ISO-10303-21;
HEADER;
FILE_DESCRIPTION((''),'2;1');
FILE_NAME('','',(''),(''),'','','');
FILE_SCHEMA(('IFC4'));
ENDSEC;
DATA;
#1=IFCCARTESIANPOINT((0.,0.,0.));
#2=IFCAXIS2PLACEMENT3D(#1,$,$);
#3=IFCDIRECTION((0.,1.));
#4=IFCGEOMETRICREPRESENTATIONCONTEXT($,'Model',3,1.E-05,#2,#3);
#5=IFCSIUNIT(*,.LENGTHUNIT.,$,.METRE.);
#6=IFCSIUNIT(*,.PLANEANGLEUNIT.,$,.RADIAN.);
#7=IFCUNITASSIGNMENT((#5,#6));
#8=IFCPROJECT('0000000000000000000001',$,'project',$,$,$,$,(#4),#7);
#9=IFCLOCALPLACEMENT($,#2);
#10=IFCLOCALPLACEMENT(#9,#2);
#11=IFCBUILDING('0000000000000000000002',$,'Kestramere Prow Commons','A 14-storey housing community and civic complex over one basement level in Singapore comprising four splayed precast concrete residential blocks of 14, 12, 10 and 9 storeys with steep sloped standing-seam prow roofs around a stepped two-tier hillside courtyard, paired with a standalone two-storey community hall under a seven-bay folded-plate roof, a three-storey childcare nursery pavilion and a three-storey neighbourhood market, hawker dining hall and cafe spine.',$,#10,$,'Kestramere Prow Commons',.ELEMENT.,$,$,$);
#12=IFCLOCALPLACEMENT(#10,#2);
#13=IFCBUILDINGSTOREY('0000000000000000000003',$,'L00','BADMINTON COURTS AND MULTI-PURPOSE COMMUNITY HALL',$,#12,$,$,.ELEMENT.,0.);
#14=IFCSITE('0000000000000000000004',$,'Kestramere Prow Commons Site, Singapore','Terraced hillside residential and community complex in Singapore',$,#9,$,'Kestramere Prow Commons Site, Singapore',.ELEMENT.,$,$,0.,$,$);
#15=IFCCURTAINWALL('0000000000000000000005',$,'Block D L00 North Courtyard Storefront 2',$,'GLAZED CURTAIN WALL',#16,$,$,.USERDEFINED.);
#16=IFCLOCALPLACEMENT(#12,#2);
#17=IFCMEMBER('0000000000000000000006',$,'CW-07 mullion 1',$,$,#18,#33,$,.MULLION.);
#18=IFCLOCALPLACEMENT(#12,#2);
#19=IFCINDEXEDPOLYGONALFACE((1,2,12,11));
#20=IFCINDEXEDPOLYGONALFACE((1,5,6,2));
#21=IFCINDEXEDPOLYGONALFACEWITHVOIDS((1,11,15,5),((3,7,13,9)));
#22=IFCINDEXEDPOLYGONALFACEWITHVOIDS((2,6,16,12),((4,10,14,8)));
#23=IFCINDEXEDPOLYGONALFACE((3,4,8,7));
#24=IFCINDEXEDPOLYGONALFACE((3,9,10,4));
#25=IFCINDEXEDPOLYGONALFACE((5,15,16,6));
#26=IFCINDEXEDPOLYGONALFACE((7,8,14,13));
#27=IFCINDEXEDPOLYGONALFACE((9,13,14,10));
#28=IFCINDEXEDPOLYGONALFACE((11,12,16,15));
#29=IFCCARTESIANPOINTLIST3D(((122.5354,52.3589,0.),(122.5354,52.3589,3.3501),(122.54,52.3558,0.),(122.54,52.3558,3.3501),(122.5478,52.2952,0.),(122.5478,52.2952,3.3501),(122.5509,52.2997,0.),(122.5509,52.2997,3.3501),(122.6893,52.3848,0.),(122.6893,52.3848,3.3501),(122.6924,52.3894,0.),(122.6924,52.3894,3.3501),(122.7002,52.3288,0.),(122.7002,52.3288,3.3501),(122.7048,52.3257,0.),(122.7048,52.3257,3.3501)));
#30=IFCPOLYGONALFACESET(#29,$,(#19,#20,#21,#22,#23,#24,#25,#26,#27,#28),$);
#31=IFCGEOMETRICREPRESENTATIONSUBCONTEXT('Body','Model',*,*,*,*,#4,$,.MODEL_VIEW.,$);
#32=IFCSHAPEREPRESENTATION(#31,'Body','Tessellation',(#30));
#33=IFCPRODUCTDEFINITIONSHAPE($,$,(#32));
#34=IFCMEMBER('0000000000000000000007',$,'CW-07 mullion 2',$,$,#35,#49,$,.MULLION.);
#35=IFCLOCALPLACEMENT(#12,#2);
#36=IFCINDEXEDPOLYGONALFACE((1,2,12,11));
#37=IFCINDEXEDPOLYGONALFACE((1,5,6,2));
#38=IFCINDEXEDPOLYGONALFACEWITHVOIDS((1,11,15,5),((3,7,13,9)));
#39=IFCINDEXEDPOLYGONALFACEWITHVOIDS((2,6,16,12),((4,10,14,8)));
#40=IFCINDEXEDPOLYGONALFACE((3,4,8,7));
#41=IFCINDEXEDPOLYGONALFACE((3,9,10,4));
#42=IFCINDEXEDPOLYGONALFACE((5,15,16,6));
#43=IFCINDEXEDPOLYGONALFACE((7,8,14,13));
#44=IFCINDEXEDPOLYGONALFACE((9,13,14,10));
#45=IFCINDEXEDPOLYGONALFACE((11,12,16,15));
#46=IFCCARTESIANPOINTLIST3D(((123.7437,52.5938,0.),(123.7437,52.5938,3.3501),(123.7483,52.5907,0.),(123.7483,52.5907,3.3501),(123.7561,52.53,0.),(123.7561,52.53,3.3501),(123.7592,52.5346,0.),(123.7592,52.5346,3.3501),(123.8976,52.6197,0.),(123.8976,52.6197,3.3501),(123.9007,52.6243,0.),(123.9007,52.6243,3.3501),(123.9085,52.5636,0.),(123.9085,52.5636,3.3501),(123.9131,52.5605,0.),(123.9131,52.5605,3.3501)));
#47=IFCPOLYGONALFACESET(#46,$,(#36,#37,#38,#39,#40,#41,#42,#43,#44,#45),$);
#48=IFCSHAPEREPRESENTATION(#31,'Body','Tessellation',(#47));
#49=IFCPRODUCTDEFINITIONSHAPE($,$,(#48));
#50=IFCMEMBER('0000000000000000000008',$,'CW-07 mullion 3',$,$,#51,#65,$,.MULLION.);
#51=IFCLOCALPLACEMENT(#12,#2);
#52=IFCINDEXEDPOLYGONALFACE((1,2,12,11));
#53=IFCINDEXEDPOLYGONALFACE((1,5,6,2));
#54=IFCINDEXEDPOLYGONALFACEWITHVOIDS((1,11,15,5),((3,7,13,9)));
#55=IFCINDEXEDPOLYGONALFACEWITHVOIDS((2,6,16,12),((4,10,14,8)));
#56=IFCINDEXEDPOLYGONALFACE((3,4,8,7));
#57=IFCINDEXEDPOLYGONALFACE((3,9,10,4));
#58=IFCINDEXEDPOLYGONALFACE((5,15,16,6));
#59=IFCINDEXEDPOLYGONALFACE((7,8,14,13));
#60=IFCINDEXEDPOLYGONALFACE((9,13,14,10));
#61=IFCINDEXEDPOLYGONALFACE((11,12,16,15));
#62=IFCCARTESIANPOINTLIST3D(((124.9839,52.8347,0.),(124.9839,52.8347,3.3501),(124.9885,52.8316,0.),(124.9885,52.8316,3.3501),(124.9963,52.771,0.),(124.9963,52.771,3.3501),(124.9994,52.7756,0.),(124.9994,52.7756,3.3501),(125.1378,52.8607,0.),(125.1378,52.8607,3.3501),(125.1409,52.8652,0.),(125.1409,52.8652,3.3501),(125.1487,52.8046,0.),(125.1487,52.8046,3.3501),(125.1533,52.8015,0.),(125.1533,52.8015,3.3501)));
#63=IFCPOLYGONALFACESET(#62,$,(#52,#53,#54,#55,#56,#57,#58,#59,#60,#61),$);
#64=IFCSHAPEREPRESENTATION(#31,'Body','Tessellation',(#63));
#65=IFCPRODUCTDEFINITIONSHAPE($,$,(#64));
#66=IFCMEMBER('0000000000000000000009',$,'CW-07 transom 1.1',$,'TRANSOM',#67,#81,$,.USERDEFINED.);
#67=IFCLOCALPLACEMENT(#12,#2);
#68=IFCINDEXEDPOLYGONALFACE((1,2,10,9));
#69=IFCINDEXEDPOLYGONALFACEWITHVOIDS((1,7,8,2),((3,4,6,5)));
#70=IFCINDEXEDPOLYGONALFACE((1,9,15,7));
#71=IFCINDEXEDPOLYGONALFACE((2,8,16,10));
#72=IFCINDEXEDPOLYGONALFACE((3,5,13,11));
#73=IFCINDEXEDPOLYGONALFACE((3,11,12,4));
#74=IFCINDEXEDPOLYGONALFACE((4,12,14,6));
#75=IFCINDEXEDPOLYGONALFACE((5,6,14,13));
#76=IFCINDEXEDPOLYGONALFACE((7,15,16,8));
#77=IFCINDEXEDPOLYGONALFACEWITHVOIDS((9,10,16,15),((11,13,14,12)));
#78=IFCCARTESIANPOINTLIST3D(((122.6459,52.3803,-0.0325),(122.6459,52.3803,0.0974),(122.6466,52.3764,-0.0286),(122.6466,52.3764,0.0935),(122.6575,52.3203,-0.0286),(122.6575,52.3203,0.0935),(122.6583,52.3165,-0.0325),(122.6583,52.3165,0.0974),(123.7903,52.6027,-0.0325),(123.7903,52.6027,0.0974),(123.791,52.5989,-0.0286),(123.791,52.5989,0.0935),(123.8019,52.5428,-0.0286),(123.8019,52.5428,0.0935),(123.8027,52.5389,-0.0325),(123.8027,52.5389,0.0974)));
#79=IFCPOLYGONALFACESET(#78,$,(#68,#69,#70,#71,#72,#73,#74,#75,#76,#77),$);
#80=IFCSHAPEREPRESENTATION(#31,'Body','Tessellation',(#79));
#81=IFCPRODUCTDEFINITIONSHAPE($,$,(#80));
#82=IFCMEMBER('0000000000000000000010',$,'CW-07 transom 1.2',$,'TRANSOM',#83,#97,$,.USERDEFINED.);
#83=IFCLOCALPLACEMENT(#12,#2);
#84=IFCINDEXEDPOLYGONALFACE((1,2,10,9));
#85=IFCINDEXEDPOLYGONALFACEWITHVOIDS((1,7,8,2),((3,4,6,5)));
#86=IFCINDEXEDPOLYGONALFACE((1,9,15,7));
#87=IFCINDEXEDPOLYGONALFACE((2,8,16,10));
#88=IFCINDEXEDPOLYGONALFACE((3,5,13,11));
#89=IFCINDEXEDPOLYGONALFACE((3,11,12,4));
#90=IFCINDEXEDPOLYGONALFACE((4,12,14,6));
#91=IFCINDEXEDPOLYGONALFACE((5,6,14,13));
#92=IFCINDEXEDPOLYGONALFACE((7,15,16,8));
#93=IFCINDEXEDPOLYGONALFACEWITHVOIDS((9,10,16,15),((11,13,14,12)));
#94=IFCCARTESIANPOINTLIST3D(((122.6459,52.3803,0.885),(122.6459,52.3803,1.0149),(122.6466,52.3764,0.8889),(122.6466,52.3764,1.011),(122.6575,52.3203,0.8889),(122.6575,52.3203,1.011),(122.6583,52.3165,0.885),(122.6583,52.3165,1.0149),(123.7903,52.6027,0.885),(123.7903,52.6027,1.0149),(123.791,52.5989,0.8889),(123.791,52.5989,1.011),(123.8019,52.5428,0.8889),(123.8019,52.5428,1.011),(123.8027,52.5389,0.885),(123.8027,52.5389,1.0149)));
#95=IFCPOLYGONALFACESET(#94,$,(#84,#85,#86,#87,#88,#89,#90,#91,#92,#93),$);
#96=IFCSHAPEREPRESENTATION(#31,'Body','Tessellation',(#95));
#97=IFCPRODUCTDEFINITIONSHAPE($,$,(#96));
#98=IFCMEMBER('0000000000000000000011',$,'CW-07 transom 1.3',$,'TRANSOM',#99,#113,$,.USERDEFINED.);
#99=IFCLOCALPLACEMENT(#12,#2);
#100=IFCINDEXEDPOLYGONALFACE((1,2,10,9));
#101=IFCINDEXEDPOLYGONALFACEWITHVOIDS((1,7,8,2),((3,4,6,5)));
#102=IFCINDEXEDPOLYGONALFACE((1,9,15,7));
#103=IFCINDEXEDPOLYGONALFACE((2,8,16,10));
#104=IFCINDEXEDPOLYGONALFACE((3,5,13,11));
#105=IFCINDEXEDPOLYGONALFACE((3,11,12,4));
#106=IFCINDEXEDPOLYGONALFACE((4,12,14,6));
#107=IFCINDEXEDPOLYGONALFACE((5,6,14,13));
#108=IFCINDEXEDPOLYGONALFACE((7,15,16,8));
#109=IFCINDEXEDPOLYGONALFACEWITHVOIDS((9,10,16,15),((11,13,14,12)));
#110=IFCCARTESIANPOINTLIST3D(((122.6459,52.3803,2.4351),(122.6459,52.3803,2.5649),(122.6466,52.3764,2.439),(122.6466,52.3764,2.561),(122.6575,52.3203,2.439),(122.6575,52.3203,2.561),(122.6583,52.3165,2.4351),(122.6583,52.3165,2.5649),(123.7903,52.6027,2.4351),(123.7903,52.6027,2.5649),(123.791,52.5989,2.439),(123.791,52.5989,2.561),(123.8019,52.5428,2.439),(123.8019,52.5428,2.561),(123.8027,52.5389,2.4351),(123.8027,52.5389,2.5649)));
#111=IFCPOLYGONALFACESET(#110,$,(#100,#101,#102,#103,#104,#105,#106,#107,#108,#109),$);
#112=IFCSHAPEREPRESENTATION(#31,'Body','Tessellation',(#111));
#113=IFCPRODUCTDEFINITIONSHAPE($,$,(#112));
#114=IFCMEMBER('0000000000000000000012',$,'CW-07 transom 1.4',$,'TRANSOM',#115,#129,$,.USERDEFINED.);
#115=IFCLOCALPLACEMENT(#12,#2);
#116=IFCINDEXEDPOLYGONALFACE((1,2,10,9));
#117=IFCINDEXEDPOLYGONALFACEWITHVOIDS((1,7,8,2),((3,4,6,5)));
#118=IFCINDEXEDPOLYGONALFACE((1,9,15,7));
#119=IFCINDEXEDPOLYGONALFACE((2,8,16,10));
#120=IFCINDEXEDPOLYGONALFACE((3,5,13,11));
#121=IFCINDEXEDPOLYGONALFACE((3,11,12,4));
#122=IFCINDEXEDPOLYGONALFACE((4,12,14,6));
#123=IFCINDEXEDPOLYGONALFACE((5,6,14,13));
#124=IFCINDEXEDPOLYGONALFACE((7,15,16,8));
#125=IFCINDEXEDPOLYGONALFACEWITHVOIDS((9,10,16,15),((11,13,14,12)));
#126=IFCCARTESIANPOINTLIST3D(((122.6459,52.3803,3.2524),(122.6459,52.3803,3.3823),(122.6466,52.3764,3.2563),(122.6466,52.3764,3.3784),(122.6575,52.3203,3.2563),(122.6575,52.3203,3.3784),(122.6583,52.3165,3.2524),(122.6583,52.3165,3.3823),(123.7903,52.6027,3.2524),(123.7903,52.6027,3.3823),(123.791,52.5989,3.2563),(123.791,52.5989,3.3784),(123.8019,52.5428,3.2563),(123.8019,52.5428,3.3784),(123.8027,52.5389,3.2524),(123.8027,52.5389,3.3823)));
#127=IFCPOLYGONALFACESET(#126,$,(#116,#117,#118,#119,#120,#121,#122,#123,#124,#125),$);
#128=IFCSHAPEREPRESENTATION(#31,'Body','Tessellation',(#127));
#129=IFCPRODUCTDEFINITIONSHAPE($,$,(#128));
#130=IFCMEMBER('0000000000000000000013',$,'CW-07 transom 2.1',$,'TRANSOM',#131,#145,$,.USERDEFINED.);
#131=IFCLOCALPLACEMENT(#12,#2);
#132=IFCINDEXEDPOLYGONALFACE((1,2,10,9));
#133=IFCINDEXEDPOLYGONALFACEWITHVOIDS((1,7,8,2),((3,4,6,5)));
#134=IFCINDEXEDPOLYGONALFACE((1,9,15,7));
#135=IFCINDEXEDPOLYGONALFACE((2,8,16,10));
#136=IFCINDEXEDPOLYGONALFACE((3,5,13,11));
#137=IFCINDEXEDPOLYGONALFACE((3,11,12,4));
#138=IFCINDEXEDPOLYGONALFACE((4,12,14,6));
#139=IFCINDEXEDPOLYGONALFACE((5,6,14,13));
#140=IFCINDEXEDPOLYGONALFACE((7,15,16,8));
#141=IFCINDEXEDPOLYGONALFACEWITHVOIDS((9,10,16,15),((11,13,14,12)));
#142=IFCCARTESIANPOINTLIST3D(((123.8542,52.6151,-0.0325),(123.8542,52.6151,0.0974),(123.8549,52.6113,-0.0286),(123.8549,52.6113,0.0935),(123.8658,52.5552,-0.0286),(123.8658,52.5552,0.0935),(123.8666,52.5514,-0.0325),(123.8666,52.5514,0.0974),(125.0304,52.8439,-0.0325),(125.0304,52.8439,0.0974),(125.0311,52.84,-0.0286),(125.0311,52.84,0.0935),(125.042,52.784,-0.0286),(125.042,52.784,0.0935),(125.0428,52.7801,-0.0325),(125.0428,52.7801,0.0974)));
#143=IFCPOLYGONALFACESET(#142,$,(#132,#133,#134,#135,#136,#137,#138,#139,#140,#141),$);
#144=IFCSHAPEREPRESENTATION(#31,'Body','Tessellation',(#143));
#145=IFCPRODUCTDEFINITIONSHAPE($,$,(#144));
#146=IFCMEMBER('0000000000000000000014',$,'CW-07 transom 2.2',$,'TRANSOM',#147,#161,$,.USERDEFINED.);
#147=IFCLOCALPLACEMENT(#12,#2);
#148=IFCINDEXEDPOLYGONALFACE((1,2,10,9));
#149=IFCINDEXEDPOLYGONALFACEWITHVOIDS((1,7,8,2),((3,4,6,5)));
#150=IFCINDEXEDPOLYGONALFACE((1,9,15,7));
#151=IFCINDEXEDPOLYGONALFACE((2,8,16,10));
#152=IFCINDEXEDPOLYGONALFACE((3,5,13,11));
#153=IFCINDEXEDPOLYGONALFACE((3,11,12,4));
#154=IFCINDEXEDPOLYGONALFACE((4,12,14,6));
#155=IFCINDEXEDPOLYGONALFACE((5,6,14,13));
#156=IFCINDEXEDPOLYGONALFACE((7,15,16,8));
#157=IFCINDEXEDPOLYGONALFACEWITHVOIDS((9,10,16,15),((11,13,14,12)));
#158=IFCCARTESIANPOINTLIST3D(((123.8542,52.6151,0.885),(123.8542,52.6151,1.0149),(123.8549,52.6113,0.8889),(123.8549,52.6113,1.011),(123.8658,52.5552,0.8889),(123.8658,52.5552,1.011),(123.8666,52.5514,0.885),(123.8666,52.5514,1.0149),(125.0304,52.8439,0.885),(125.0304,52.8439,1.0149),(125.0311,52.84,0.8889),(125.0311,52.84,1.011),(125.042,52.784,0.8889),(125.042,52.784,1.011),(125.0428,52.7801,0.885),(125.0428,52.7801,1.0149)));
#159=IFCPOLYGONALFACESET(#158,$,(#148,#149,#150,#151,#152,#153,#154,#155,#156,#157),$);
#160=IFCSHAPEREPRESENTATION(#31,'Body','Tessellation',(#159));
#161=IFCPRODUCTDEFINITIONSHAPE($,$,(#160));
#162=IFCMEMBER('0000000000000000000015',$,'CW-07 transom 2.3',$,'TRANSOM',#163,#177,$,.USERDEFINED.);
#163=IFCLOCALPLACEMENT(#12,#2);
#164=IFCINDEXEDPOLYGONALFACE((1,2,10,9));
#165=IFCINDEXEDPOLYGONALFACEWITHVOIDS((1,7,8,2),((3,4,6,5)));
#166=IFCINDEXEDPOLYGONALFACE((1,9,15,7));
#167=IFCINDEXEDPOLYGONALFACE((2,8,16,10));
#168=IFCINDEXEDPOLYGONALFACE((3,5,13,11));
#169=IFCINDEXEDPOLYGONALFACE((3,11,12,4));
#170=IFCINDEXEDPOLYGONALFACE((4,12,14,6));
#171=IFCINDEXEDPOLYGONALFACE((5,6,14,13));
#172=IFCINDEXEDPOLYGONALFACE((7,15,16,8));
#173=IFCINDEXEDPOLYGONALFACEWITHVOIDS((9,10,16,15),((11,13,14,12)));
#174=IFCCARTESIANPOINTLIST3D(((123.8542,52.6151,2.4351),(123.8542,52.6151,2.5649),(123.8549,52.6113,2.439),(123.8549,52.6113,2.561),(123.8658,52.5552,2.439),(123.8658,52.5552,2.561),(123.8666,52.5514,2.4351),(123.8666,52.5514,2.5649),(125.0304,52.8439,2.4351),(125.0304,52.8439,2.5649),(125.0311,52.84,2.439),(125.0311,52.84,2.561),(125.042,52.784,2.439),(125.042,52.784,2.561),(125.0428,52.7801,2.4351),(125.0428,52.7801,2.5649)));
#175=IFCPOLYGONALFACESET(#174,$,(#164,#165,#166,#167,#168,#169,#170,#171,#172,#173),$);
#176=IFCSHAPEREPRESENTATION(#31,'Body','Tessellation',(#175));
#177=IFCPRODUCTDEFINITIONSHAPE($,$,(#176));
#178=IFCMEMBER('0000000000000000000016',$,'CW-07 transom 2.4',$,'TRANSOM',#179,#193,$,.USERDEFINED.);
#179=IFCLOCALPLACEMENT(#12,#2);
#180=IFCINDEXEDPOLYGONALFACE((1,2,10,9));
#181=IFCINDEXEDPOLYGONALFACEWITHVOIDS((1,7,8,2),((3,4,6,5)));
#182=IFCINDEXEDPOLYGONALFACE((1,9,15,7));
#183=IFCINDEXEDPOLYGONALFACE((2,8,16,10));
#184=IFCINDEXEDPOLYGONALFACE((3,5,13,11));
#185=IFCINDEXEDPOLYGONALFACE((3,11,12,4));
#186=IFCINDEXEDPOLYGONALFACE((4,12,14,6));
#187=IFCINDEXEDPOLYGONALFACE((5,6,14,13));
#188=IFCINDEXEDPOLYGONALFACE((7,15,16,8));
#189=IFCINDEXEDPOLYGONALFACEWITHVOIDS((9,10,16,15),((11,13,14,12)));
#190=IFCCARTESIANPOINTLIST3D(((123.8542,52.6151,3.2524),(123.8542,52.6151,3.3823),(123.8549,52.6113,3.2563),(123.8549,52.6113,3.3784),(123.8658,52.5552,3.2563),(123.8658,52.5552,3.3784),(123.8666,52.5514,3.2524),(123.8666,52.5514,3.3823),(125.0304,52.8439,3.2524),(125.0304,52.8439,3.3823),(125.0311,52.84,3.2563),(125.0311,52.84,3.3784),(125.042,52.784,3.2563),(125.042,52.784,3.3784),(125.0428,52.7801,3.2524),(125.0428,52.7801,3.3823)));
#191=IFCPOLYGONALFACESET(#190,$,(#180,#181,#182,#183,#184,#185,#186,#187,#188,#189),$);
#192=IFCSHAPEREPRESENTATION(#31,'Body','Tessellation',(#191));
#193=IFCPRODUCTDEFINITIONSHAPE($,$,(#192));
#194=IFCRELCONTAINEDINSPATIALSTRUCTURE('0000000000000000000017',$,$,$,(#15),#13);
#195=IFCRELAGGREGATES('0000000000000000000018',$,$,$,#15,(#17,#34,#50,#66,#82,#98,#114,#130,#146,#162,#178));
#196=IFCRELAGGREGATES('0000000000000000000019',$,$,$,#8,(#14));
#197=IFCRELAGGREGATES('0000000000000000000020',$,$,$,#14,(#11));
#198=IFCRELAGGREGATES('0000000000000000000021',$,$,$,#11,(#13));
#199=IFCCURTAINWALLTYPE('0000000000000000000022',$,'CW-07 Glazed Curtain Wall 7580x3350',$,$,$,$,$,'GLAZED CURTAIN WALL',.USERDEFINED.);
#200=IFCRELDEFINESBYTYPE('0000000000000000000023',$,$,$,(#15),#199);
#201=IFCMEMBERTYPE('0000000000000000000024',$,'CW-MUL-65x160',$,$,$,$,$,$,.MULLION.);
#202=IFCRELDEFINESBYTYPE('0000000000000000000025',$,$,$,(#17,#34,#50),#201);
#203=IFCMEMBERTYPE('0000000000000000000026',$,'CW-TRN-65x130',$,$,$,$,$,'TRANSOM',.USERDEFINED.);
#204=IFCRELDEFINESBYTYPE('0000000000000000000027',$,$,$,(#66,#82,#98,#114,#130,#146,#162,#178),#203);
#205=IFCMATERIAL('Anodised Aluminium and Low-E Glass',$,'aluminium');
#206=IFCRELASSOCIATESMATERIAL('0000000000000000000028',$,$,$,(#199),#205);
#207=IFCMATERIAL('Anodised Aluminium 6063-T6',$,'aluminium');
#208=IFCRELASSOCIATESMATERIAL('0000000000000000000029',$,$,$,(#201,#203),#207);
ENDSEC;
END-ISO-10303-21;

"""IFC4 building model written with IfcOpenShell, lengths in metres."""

from ifc_helpers import new_model, si_unit, direction, frame, origin, origin_2d, place, context, subcontext, project, spatial, hollow_rectangle, extrude, material, material_profile, profile_set, type_object, element, aggregate, save


model = new_model("IFC4")

# Units and contexts
model_context = context("Model", 3, precision=1e-05, world=origin(), true_north=direction((0.0, 1.0)))
body_context = subcontext(model_context, "Body", "Model", "MODEL_VIEW")
ifc_project = project(units=[si_unit("LENGTHUNIT", "METRE"), si_unit("PLANEANGLEUNIT", "RADIAN")], contexts=[model_context])

# Site, building, storey
site_placement = place(None, origin())
site = spatial("IfcSite", under=ifc_project, at=site_placement, Name="Kestramere Prow Commons Site, Singapore", Description="Terraced hillside residential and community complex in Singapore", LongName="Kestramere Prow Commons Site, Singapore", CompositionType="ELEMENT", RefElevation=0.0)
building_placement = place(site_placement, origin())
building = spatial("IfcBuilding", under=site, at=building_placement, Name="Kestramere Prow Commons", Description="A 14-storey housing community and civic complex over one basement level in Singapore comprising four splayed precast concrete residential blocks of 14, 12, 10 and 9 storeys with steep sloped standing-seam prow roofs around a stepped two-tier hillside courtyard, paired with a standalone two-storey community hall under a seven-bay folded-plate roof, a three-storey childcare nursery pavilion and a three-storey neighbourhood market, hawker dining hall and cafe spine.", LongName="Kestramere Prow Commons", CompositionType="ELEMENT")
storey_placement = place(building_placement, origin())
storey = spatial("IfcBuildingStorey", under=building, at=storey_placement, Name="L00", Description="BADMINTON COURTS AND MULTI-PURPOSE COMMUNITY HALL", CompositionType="ELEMENT", Elevation=0.0)

# Curtain wall, members
ifc_material_1 = material(Name="Anodised Aluminium and Low-E Glass", Category="aluminium")
curtain_wall_type = type_object("IfcCurtainWallType", Name="CW-07 Glazed Curtain Wall 7580x3350", ElementType="GLAZED CURTAIN WALL", PredefinedType="USERDEFINED", material=ifc_material_1)
curtain_wall_placement = place(storey_placement, origin())
curtain_wall = element("IfcCurtainWall", 1, at=curtain_wall_placement, inside=storey, type_object=curtain_wall_type, Name="Block D L00 North Courtyard Storefront 2", ObjectType="GLAZED CURTAIN WALL", PredefinedType="USERDEFINED")
ifc_material_2 = material(Name="Anodised Aluminium 6063-T6", Category="aluminium")
ifc_material_profile_1 = material_profile(ifc_material_2, hollow_rectangle(XDim=0.0649, YDim=0.1599, WallThickness=0.0039, at=origin_2d()), Name="ALU-MUL 65x160")
ifc_profile_set_1 = profile_set([ifc_material_profile_1], Name="Anodised Aluminium 6063-T6")
member_type_1 = type_object("IfcMemberType", Name="CW-MUL-65x160", PredefinedType="MULLION", material=ifc_profile_set_1)
member_1_placement = place(storey_placement, frame((122.6201, 52.3423, 0.0), z_axis=(0.0, 0.0, 1.0), x_axis=(-0.190809, 0.981627, 0.0)))
member_1 = element("IfcMember", 2, at=member_1_placement, type_object=member_type_1, Name="CW-07 mullion 1", PredefinedType="MULLION", context=body_context, shape_type="SweptSolid", body=[
    extrude(hollow_rectangle(XDim=0.0649, YDim=0.1599, WallThickness=0.0039, at=origin_2d()), origin(), (0.0, 0.0, 1.0), 3.3501),
])
member_2_placement = place(storey_placement, frame((123.8284, 52.5771, 0.0), z_axis=(0.0, 0.0, 1.0), x_axis=(-0.190809, 0.981627, 0.0)))
member_2 = element("IfcMember", 3, at=member_2_placement, type_object=member_type_1, Name="CW-07 mullion 2", PredefinedType="MULLION", context=body_context, shape_type="SweptSolid", body=[
    extrude(hollow_rectangle(XDim=0.0649, YDim=0.1599, WallThickness=0.0039, at=origin_2d()), origin(), (0.0, 0.0, 1.0), 3.3501),
])
member_3_placement = place(storey_placement, frame((125.0686, 52.8181, 0.0), z_axis=(0.0, 0.0, 1.0), x_axis=(-0.190809, 0.981627, 0.0)))
member_3 = element("IfcMember", 4, at=member_3_placement, type_object=member_type_1, Name="CW-07 mullion 3", PredefinedType="MULLION", context=body_context, shape_type="SweptSolid", body=[
    extrude(hollow_rectangle(XDim=0.0649, YDim=0.1599, WallThickness=0.0039, at=origin_2d()), origin(), (0.0, 0.0, 1.0), 3.3501),
])
ifc_material_profile_2 = material_profile(ifc_material_2, hollow_rectangle(XDim=0.0649, YDim=0.1299, WallThickness=0.0039, at=origin_2d()), Name="ALU-TRN 65x130")
ifc_profile_set_2 = profile_set([ifc_material_profile_2], Name="Anodised Aluminium 6063-T6")
member_type_2 = type_object("IfcMemberType", Name="CW-TRN-65x130", ElementType="TRANSOM", PredefinedType="USERDEFINED", material=ifc_profile_set_2)
member_4_placement = place(storey_placement, frame((122.6521, 52.3484, 0.0325), z_axis=(0.98163, 0.190797, 0.0), x_axis=(-0.190797, 0.98163, 0.0)))
member_4 = element("IfcMember", 5, at=member_4_placement, type_object=member_type_2, Name="CW-07 transom 1.1", ObjectType="TRANSOM", PredefinedType="USERDEFINED", context=body_context, shape_type="SweptSolid", body=[
    extrude(hollow_rectangle(XDim=0.0649, YDim=0.1299, WallThickness=0.0039, at=origin_2d()), origin(), (0.0, 0.0, 1.0), 1.1658),
])
member_5_placement = place(storey_placement, frame((122.6521, 52.3484, 0.95), z_axis=(0.98163, 0.190797, 0.0), x_axis=(-0.190797, 0.98163, 0.0)))
member_5 = element("IfcMember", 6, at=member_5_placement, type_object=member_type_2, Name="CW-07 transom 1.2", ObjectType="TRANSOM", PredefinedType="USERDEFINED", context=body_context, shape_type="SweptSolid", body=[
    extrude(hollow_rectangle(XDim=0.0649, YDim=0.1299, WallThickness=0.0039, at=origin_2d()), origin(), (0.0, 0.0, 1.0), 1.1658),
])
member_6_placement = place(storey_placement, frame((122.6521, 52.3484, 2.5), z_axis=(0.98163, 0.190797, 0.0), x_axis=(-0.190797, 0.98163, 0.0)))
member_6 = element("IfcMember", 7, at=member_6_placement, type_object=member_type_2, Name="CW-07 transom 1.3", ObjectType="TRANSOM", PredefinedType="USERDEFINED", context=body_context, shape_type="SweptSolid", body=[
    extrude(hollow_rectangle(XDim=0.0649, YDim=0.1299, WallThickness=0.0039, at=origin_2d()), origin(), (0.0, 0.0, 1.0), 1.1658),
])
member_7_placement = place(storey_placement, frame((122.6521, 52.3484, 3.3174), z_axis=(0.98163, 0.190797, 0.0), x_axis=(-0.190797, 0.98163, 0.0)))
member_7 = element("IfcMember", 8, at=member_7_placement, type_object=member_type_2, Name="CW-07 transom 1.4", ObjectType="TRANSOM", PredefinedType="USERDEFINED", context=body_context, shape_type="SweptSolid", body=[
    extrude(hollow_rectangle(XDim=0.0649, YDim=0.1299, WallThickness=0.0039, at=origin_2d()), origin(), (0.0, 0.0, 1.0), 1.1658),
])
member_8_placement = place(storey_placement, frame((123.8604, 52.5833, 0.0325), z_axis=(0.981609, 0.190902, 0.0), x_axis=(-0.190902, 0.981609, 0.0)))
member_8 = element("IfcMember", 9, at=member_8_placement, type_object=member_type_2, Name="CW-07 transom 2.1", ObjectType="TRANSOM", PredefinedType="USERDEFINED", context=body_context, shape_type="SweptSolid", body=[
    extrude(hollow_rectangle(XDim=0.0649, YDim=0.1299, WallThickness=0.0039, at=origin_2d()), origin(), (0.0, 0.0, 1.0), 1.1982),
])
member_9_placement = place(storey_placement, frame((123.8604, 52.5833, 0.95), z_axis=(0.981609, 0.190902, 0.0), x_axis=(-0.190902, 0.981609, 0.0)))
member_9 = element("IfcMember", 10, at=member_9_placement, type_object=member_type_2, Name="CW-07 transom 2.2", ObjectType="TRANSOM", PredefinedType="USERDEFINED", context=body_context, shape_type="SweptSolid", body=[
    extrude(hollow_rectangle(XDim=0.0649, YDim=0.1299, WallThickness=0.0039, at=origin_2d()), origin(), (0.0, 0.0, 1.0), 1.1982),
])
member_10_placement = place(storey_placement, frame((123.8604, 52.5833, 2.5), z_axis=(0.981609, 0.190902, 0.0), x_axis=(-0.190902, 0.981609, 0.0)))
member_10 = element("IfcMember", 11, at=member_10_placement, type_object=member_type_2, Name="CW-07 transom 2.3", ObjectType="TRANSOM", PredefinedType="USERDEFINED", context=body_context, shape_type="SweptSolid", body=[
    extrude(hollow_rectangle(XDim=0.0649, YDim=0.1299, WallThickness=0.0039, at=origin_2d()), origin(), (0.0, 0.0, 1.0), 1.1982),
])
member_11_placement = place(storey_placement, frame((123.8604, 52.5833, 3.3174), z_axis=(0.981609, 0.190902, 0.0), x_axis=(-0.190902, 0.981609, 0.0)))
member_11 = element("IfcMember", 12, at=member_11_placement, type_object=member_type_2, Name="CW-07 transom 2.4", ObjectType="TRANSOM", PredefinedType="USERDEFINED", context=body_context, shape_type="SweptSolid", body=[
    extrude(hollow_rectangle(XDim=0.0649, YDim=0.1299, WallThickness=0.0039, at=origin_2d()), origin(), (0.0, 0.0, 1.0), 1.1982),
])

aggregate(curtain_wall, [member_1, member_2, member_3, member_4, member_5, member_6, member_7, member_8, member_9, member_10, member_11])

save(model, "model.ifc")
